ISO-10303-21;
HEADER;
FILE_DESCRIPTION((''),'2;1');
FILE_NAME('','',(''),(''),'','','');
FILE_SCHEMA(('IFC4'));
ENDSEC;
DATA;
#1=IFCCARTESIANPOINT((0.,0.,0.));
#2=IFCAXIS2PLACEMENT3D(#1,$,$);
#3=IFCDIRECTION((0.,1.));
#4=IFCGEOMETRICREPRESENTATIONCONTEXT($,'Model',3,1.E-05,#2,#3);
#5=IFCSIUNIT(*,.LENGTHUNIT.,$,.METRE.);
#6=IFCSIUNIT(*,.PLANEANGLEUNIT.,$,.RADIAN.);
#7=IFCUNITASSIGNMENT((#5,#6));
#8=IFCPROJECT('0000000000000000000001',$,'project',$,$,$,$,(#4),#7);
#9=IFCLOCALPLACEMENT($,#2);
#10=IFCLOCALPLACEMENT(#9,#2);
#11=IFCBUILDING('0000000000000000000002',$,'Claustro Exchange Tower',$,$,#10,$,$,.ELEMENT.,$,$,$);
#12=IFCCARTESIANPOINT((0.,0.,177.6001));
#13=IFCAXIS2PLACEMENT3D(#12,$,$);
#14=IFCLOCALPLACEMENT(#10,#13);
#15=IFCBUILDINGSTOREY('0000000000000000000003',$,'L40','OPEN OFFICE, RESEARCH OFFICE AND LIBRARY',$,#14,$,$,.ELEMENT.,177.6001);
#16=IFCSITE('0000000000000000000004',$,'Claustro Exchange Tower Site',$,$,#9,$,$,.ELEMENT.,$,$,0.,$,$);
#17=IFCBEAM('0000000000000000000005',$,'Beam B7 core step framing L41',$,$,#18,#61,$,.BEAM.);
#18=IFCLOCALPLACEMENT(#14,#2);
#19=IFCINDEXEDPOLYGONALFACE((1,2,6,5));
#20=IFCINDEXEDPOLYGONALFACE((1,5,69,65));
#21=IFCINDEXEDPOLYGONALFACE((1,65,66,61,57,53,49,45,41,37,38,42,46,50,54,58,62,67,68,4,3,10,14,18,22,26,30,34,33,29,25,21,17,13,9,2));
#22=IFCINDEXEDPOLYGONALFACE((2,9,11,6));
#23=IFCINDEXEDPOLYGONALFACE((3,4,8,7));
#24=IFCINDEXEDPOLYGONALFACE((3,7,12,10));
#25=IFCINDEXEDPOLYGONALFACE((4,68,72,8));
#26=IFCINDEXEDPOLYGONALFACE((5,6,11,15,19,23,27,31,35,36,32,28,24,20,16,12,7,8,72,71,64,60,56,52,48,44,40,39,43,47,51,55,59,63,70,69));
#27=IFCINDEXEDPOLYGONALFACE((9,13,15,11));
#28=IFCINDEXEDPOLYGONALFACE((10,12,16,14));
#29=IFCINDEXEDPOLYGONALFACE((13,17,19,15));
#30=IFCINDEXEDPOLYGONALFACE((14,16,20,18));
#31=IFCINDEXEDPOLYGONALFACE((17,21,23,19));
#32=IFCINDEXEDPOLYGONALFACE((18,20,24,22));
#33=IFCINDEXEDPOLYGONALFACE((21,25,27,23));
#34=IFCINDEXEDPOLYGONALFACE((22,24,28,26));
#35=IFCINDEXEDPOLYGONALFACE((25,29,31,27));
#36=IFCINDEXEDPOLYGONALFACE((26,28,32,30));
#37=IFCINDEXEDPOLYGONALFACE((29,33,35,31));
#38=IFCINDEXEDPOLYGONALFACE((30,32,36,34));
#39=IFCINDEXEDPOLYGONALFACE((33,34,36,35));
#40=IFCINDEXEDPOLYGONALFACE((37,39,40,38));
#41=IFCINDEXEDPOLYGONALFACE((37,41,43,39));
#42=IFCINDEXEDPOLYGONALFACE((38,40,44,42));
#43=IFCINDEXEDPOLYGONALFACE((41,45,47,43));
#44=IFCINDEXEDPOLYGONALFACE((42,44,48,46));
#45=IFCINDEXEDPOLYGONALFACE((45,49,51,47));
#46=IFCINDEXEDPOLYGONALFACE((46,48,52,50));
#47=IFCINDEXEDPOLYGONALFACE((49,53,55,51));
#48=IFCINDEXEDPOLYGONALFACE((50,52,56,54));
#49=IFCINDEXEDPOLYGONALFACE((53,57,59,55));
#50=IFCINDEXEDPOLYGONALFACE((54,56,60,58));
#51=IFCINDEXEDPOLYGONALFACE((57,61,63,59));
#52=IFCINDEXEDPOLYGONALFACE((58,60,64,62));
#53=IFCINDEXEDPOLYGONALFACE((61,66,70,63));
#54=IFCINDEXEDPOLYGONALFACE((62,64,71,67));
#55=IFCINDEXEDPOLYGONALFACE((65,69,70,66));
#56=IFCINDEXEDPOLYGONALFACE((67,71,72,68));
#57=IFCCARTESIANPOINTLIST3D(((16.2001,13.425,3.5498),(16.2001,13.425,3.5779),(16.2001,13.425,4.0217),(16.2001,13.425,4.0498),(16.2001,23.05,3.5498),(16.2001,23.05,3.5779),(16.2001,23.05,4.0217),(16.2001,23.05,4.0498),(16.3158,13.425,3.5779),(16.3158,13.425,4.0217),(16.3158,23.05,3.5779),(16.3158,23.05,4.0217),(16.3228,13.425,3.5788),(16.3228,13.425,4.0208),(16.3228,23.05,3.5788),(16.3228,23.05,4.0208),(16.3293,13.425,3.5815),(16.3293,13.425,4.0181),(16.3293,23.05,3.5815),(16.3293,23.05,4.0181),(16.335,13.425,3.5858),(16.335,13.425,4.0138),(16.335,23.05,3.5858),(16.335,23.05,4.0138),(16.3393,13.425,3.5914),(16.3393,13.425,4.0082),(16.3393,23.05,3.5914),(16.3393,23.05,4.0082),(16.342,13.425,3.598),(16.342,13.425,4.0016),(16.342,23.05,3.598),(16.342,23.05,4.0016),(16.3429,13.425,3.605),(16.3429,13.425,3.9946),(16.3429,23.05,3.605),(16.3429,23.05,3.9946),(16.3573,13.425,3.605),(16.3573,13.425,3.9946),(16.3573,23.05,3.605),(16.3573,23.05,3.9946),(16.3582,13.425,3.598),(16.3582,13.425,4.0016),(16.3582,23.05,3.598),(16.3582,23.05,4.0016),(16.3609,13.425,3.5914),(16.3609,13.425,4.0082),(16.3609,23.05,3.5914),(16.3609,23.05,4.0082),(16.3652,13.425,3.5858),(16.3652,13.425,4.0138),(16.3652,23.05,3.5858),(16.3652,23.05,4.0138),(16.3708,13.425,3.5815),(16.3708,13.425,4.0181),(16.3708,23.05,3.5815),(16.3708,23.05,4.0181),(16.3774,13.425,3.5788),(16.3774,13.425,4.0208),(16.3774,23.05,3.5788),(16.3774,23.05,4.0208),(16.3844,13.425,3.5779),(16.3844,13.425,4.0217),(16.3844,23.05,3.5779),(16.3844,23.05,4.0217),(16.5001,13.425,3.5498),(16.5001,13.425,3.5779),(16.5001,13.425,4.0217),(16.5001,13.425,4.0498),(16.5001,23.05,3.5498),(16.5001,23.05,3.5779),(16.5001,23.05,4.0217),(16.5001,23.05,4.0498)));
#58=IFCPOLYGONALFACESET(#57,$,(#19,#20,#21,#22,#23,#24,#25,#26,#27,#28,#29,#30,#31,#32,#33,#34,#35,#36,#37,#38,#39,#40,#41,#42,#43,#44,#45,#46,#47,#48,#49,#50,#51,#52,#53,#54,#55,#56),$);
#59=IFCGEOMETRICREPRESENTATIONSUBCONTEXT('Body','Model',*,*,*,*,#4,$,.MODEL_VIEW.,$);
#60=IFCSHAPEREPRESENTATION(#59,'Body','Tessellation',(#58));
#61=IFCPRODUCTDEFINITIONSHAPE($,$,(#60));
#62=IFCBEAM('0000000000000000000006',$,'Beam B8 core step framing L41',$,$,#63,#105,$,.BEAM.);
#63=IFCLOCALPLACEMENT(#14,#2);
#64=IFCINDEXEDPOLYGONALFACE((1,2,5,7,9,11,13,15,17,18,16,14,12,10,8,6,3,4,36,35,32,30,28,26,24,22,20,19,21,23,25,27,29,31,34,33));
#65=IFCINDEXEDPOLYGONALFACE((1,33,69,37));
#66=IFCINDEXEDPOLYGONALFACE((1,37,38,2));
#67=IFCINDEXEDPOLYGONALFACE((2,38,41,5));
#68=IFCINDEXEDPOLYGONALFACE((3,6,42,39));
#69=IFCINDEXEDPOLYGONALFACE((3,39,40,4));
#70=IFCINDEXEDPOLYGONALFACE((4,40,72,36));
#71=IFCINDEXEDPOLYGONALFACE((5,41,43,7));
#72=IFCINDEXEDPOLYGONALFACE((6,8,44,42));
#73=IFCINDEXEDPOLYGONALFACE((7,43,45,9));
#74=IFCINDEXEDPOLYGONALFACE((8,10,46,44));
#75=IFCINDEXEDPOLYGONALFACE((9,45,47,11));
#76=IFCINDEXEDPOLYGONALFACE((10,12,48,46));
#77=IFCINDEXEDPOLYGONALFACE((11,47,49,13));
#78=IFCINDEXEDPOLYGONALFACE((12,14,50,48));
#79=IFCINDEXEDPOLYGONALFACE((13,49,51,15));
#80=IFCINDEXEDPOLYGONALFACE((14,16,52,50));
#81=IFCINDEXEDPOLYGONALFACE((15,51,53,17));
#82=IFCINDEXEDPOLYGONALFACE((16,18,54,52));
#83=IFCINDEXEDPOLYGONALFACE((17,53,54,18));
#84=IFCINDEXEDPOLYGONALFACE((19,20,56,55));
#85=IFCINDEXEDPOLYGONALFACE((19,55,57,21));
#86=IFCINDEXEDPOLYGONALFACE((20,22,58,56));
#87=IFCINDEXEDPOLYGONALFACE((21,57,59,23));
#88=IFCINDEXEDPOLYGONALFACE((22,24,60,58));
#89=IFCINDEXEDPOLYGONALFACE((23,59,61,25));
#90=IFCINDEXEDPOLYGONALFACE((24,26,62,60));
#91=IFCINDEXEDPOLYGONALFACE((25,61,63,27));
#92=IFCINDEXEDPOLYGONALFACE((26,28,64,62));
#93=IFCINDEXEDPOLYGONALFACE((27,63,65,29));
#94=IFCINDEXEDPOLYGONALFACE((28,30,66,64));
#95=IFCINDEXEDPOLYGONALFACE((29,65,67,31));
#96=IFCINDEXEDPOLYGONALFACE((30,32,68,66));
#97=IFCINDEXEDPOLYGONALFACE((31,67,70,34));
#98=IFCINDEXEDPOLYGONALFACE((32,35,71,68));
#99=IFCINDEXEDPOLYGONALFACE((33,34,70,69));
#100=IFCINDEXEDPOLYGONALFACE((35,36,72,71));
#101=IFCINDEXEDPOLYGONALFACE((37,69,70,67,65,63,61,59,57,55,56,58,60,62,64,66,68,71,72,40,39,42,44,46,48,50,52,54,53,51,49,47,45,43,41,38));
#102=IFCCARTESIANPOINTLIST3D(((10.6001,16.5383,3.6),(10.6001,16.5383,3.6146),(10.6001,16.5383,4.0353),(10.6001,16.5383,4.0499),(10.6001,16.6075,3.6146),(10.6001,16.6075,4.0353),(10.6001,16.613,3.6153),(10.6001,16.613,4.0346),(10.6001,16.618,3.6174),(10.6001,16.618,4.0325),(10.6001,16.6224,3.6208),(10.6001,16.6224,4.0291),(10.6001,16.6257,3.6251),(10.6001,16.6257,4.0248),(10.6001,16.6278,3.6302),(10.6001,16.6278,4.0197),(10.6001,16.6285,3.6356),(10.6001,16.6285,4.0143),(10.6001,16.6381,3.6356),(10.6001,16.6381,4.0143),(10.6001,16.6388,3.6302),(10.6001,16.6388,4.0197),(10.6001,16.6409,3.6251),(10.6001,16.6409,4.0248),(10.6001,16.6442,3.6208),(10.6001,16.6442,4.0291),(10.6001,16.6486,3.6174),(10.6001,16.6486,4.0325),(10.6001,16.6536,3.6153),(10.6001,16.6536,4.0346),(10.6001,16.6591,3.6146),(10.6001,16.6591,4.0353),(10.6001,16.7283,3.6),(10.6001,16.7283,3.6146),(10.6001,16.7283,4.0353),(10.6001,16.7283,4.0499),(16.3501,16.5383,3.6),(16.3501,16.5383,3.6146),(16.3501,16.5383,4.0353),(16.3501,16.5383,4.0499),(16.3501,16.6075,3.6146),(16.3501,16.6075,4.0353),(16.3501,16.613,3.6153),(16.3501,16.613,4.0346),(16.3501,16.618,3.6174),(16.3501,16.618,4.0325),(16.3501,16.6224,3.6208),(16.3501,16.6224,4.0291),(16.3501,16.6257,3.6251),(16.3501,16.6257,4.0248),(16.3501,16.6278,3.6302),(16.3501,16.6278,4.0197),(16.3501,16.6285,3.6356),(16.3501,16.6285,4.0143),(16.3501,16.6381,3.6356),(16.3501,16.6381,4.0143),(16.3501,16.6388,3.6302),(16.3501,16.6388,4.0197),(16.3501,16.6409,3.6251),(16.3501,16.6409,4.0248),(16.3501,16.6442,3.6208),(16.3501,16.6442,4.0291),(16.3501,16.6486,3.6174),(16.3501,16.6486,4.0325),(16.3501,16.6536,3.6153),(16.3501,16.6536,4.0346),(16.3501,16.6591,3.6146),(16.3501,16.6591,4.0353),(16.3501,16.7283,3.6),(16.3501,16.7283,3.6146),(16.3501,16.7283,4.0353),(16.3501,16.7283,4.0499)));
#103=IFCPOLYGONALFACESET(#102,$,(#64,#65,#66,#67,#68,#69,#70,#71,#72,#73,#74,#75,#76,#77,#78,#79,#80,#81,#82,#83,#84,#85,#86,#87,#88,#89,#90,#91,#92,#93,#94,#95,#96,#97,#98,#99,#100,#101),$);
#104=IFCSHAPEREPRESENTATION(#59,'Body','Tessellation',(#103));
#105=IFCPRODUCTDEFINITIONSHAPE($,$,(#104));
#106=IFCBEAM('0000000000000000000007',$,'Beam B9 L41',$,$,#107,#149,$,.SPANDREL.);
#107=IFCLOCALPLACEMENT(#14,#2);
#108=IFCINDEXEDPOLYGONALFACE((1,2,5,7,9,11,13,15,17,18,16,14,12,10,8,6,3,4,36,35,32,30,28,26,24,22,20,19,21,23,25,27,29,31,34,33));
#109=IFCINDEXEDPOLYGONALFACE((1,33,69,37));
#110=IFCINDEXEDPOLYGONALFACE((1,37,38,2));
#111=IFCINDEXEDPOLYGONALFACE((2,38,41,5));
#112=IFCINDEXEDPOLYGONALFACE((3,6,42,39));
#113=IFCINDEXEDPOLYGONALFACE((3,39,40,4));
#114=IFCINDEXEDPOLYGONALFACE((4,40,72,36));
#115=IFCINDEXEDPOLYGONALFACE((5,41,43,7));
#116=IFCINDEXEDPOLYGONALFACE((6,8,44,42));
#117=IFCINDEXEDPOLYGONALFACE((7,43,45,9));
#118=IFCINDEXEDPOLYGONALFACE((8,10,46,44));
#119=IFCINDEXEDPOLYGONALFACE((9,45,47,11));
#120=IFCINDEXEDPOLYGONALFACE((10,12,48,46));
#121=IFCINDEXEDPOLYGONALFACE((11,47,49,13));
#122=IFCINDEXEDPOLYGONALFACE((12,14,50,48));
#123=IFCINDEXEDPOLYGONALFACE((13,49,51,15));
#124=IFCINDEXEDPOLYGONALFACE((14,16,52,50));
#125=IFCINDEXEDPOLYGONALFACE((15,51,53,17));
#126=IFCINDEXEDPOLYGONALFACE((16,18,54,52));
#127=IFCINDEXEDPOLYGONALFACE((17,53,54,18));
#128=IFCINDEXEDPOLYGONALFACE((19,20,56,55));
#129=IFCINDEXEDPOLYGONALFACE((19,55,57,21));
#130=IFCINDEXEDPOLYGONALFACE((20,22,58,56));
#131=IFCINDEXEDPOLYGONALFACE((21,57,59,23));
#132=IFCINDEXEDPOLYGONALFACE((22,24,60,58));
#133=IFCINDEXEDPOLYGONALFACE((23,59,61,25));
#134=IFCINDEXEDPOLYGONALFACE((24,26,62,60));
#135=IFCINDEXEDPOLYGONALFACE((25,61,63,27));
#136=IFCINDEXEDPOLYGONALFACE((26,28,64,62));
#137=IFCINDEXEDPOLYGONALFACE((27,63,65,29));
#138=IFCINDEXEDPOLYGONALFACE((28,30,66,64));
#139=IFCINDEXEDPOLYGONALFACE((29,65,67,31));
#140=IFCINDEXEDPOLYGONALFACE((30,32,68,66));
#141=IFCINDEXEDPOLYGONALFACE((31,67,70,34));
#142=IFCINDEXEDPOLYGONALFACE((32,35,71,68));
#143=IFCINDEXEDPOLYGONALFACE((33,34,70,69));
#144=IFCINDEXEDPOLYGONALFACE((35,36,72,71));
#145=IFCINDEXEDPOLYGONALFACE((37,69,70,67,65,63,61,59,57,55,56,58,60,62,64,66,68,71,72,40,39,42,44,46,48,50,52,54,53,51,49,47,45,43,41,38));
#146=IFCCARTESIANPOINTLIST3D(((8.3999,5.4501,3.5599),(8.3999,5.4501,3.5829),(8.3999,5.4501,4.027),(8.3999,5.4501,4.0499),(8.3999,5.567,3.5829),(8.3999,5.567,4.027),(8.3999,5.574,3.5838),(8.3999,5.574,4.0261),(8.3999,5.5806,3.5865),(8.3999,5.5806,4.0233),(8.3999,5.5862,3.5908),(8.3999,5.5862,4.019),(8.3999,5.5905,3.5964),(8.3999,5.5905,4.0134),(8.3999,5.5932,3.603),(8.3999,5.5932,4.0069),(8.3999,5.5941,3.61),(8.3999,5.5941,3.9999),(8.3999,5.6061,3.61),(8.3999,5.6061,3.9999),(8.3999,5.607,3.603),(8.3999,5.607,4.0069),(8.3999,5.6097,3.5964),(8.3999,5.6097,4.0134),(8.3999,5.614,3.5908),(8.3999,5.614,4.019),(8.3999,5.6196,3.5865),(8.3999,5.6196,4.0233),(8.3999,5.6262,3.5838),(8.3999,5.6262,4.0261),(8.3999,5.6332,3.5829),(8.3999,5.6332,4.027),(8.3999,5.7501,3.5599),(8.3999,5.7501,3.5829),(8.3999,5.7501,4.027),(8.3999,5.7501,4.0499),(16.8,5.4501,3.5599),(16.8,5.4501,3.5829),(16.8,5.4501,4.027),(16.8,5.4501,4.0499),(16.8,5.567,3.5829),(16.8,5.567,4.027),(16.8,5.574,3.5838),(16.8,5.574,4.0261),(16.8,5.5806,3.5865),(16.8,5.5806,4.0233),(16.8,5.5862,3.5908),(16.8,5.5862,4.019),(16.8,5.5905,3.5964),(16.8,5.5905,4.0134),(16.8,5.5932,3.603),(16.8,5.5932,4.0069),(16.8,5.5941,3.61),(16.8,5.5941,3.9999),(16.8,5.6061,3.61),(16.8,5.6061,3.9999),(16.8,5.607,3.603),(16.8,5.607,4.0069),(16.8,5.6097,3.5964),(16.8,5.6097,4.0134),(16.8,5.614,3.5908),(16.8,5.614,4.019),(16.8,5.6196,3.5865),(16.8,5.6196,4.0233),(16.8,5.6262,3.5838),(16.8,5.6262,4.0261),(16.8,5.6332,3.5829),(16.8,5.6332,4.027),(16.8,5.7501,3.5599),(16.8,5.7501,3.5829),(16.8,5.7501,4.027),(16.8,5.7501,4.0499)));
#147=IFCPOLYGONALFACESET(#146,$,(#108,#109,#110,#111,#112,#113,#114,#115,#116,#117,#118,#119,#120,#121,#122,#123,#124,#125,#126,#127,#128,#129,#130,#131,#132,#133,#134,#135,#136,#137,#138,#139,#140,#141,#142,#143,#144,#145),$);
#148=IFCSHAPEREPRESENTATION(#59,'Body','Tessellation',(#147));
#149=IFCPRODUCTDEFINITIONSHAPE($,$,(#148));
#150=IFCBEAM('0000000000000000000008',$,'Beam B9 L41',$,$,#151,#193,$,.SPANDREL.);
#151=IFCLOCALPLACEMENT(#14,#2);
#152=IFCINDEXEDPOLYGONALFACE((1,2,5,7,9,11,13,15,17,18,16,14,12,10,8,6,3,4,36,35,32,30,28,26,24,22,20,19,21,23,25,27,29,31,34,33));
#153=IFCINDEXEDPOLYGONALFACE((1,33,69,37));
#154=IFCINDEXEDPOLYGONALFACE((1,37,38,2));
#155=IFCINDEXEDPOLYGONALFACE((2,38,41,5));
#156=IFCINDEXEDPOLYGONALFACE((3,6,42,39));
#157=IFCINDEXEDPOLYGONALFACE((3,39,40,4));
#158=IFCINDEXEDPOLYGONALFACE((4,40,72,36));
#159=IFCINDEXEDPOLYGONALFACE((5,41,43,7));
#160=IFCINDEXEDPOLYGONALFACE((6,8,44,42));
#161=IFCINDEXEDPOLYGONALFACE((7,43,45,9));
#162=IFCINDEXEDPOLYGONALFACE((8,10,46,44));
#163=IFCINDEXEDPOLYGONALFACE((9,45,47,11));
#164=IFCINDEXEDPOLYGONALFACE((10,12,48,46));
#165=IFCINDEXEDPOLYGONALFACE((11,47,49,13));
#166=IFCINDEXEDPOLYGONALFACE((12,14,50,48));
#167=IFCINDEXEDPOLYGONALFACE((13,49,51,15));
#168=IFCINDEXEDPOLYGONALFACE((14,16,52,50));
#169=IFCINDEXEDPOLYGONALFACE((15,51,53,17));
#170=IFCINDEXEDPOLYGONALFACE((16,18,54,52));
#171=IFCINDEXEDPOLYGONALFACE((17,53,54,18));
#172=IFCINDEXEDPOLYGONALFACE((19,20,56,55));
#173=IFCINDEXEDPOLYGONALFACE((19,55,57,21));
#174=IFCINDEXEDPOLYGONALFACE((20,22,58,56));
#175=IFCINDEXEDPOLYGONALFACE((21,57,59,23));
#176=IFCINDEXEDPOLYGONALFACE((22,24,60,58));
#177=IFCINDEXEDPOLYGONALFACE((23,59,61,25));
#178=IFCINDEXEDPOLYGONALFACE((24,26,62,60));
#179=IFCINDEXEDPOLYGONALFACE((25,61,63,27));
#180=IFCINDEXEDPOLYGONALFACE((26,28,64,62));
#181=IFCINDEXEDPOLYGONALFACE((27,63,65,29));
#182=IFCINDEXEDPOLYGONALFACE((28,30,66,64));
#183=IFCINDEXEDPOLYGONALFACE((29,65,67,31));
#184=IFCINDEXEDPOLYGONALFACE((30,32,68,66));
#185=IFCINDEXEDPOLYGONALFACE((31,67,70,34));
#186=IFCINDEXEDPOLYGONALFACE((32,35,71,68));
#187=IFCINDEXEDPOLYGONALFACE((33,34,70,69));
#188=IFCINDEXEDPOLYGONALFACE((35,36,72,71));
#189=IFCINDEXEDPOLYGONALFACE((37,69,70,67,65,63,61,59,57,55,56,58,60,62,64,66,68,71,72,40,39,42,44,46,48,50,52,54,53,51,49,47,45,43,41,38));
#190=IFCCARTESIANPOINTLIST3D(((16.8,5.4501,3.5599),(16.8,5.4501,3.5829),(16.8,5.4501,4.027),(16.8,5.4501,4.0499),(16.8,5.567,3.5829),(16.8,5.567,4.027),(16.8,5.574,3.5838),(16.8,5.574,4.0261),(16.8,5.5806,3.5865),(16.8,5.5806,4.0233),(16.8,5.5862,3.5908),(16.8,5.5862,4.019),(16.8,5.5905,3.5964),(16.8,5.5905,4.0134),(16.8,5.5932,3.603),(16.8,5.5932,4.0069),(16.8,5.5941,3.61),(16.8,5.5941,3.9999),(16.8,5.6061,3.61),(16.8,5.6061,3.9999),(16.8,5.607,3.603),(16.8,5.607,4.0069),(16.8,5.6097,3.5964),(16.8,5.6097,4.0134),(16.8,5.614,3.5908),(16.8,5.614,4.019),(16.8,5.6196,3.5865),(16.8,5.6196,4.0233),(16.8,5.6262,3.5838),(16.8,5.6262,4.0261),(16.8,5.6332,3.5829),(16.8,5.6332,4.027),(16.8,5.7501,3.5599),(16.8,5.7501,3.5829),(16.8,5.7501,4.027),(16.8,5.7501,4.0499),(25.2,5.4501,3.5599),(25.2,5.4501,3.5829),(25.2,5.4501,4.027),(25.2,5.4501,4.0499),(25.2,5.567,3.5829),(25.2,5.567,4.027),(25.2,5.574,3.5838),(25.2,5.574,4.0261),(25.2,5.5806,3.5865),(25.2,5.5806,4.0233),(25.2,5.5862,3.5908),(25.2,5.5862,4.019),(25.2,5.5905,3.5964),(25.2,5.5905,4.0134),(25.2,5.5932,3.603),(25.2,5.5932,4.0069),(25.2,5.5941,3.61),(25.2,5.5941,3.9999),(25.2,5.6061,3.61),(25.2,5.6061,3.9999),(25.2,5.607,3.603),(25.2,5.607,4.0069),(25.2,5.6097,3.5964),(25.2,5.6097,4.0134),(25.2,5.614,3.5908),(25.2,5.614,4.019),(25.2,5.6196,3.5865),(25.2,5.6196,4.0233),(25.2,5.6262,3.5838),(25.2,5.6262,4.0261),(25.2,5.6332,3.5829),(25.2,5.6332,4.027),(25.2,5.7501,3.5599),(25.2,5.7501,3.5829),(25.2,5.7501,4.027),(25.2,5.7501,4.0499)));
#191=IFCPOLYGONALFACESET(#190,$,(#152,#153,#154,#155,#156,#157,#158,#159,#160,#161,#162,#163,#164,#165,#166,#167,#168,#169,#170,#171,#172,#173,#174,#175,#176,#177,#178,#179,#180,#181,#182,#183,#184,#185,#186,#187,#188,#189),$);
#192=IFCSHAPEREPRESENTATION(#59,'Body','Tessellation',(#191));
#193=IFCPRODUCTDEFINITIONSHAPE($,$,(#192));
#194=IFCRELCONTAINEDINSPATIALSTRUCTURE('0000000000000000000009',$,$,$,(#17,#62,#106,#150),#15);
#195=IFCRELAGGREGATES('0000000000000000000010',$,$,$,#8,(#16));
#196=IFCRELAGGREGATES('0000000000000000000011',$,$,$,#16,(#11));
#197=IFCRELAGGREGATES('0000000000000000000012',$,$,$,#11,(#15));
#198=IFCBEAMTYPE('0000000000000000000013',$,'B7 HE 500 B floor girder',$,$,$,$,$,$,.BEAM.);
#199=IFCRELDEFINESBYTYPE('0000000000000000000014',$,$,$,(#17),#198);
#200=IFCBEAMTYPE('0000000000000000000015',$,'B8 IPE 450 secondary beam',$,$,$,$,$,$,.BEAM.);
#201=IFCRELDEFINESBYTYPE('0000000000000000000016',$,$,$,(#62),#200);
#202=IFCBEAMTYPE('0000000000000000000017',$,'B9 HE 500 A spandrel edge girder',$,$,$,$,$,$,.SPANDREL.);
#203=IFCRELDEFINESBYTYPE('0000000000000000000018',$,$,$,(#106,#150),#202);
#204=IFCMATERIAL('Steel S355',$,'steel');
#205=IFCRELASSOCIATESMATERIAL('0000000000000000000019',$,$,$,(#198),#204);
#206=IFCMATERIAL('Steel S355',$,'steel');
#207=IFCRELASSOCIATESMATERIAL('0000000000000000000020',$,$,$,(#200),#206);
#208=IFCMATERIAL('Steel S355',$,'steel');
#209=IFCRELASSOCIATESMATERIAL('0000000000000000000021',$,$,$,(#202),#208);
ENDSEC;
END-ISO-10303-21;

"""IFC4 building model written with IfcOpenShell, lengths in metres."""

from ifc_helpers import new_model, si_unit, direction, frame, origin, origin_2d, place, context, subcontext, project, spatial, i_section, extrude, material, material_profile, profile_set, type_object, element, save


model = new_model("IFC4")

# Units and contexts
model_context = context("Model", 3, precision=1e-05, world=origin(), true_north=direction((0.0, 1.0)))
body_context = subcontext(model_context, "Body", "Model", "MODEL_VIEW")
ifc_project = project(units=[si_unit("LENGTHUNIT", "METRE"), si_unit("PLANEANGLEUNIT", "RADIAN")], contexts=[model_context])

# Site, building, storey
site_placement = place(None, origin())
site = spatial("IfcSite", under=ifc_project, at=site_placement, Name="Claustro Exchange Tower Site", CompositionType="ELEMENT", RefElevation=0.0)
building_placement = place(site_placement, origin())
building = spatial("IfcBuilding", under=site, at=building_placement, Name="Claustro Exchange Tower", CompositionType="ELEMENT")
storey_placement = place(building_placement, frame((0.0, 0.0, 177.6001)))
storey = spatial("IfcBuildingStorey", under=building, at=storey_placement, Name="L40", Description="OPEN OFFICE, RESEARCH OFFICE AND LIBRARY", CompositionType="ELEMENT", Elevation=177.6001)

# Beams
ifc_material_1 = material(Name="Steel S355", Category="steel")
ifc_material_profile_1 = material_profile(ifc_material_1, i_section(OverallWidth=0.3, OverallDepth=0.5, WebThickness=0.0144, FlangeThickness=0.0281, FilletRadius=0.0271, at=origin_2d()), Name="HE 500 B")
ifc_profile_set_1 = profile_set([ifc_material_profile_1], Name="Steel S355")
beam_type_1 = type_object("IfcBeamType", Name="B7 HE 500 B floor girder", PredefinedType="BEAM", material=ifc_profile_set_1)
beam_1_placement = place(storey_placement, frame((16.3501, 13.425, 3.7998), z_axis=(0.0, 1.0, 0.0), x_axis=(-1.0, 0.0, 0.0)))
element("IfcBeam", 1, at=beam_1_placement, inside=storey, type_object=beam_type_1, Name="Beam B7 core step framing L41", PredefinedType="BEAM", context=body_context, shape_type="SweptSolid", body=[
    extrude(i_section(OverallWidth=0.3, OverallDepth=0.5, WebThickness=0.0144, FlangeThickness=0.0281, FilletRadius=0.0271, at=origin_2d()), origin(), (0.0, 0.0, 1.0), 9.625),
])
ifc_material_2 = material(Name="Steel S355", Category="steel")
ifc_material_profile_2 = material_profile(ifc_material_2, i_section(OverallWidth=0.1899, OverallDepth=0.45, WebThickness=0.0095, FlangeThickness=0.0146, FilletRadius=0.021, at=origin_2d()), Name="IPE 450")
ifc_profile_set_2 = profile_set([ifc_material_profile_2], Name="Steel S355")
beam_type_2 = type_object("IfcBeamType", Name="B8 IPE 450 secondary beam", PredefinedType="BEAM", material=ifc_profile_set_2)
beam_2_placement = place(storey_placement, frame((10.6001, 16.6333, 3.825), z_axis=(1.0, 0.0, 0.0), x_axis=(0.0, 1.0, 0.0)))
element("IfcBeam", 2, at=beam_2_placement, inside=storey, type_object=beam_type_2, Name="Beam B8 core step framing L41", PredefinedType="BEAM", context=body_context, shape_type="SweptSolid", body=[
    extrude(i_section(OverallWidth=0.1899, OverallDepth=0.45, WebThickness=0.0095, FlangeThickness=0.0146, FilletRadius=0.021, at=origin_2d()), origin(), (0.0, 0.0, 1.0), 5.75),
])
ifc_material_3 = material(Name="Steel S355", Category="steel")
ifc_material_profile_3 = material_profile(ifc_material_3, i_section(OverallWidth=0.3, OverallDepth=0.49, WebThickness=0.012, FlangeThickness=0.0229, FilletRadius=0.0271, at=origin_2d()), Name="HE 500 A")
ifc_profile_set_3 = profile_set([ifc_material_profile_3], Name="Steel S355")
beam_type_3 = type_object("IfcBeamType", Name="B9 HE 500 A spandrel edge girder", PredefinedType="SPANDREL", material=ifc_profile_set_3)
beam_3_placement = place(storey_placement, frame((8.3999, 5.6001, 3.8049), z_axis=(1.0, 0.0, 0.0), x_axis=(0.0, 1.0, 0.0)))
element("IfcBeam", 3, at=beam_3_placement, inside=storey, type_object=beam_type_3, Name="Beam B9 L41", PredefinedType="SPANDREL", context=body_context, shape_type="SweptSolid", body=[
    extrude(i_section(OverallWidth=0.3, OverallDepth=0.49, WebThickness=0.012, FlangeThickness=0.0229, FilletRadius=0.0271, at=origin_2d()), origin(), (0.0, 0.0, 1.0), 8.4001),
])
beam_4_placement = place(storey_placement, frame((16.8, 5.6001, 3.8049), z_axis=(1.0, 0.0, 0.0), x_axis=(0.0, 1.0, 0.0)))
element("IfcBeam", 4, at=beam_4_placement, inside=storey, type_object=beam_type_3, Name="Beam B9 L41", PredefinedType="SPANDREL", context=body_context, shape_type="SweptSolid", body=[
    extrude(i_section(OverallWidth=0.3, OverallDepth=0.49, WebThickness=0.012, FlangeThickness=0.0229, FilletRadius=0.0271, at=origin_2d()), origin(), (0.0, 0.0, 1.0), 8.3999),
])

save(model, "model.ifc")
